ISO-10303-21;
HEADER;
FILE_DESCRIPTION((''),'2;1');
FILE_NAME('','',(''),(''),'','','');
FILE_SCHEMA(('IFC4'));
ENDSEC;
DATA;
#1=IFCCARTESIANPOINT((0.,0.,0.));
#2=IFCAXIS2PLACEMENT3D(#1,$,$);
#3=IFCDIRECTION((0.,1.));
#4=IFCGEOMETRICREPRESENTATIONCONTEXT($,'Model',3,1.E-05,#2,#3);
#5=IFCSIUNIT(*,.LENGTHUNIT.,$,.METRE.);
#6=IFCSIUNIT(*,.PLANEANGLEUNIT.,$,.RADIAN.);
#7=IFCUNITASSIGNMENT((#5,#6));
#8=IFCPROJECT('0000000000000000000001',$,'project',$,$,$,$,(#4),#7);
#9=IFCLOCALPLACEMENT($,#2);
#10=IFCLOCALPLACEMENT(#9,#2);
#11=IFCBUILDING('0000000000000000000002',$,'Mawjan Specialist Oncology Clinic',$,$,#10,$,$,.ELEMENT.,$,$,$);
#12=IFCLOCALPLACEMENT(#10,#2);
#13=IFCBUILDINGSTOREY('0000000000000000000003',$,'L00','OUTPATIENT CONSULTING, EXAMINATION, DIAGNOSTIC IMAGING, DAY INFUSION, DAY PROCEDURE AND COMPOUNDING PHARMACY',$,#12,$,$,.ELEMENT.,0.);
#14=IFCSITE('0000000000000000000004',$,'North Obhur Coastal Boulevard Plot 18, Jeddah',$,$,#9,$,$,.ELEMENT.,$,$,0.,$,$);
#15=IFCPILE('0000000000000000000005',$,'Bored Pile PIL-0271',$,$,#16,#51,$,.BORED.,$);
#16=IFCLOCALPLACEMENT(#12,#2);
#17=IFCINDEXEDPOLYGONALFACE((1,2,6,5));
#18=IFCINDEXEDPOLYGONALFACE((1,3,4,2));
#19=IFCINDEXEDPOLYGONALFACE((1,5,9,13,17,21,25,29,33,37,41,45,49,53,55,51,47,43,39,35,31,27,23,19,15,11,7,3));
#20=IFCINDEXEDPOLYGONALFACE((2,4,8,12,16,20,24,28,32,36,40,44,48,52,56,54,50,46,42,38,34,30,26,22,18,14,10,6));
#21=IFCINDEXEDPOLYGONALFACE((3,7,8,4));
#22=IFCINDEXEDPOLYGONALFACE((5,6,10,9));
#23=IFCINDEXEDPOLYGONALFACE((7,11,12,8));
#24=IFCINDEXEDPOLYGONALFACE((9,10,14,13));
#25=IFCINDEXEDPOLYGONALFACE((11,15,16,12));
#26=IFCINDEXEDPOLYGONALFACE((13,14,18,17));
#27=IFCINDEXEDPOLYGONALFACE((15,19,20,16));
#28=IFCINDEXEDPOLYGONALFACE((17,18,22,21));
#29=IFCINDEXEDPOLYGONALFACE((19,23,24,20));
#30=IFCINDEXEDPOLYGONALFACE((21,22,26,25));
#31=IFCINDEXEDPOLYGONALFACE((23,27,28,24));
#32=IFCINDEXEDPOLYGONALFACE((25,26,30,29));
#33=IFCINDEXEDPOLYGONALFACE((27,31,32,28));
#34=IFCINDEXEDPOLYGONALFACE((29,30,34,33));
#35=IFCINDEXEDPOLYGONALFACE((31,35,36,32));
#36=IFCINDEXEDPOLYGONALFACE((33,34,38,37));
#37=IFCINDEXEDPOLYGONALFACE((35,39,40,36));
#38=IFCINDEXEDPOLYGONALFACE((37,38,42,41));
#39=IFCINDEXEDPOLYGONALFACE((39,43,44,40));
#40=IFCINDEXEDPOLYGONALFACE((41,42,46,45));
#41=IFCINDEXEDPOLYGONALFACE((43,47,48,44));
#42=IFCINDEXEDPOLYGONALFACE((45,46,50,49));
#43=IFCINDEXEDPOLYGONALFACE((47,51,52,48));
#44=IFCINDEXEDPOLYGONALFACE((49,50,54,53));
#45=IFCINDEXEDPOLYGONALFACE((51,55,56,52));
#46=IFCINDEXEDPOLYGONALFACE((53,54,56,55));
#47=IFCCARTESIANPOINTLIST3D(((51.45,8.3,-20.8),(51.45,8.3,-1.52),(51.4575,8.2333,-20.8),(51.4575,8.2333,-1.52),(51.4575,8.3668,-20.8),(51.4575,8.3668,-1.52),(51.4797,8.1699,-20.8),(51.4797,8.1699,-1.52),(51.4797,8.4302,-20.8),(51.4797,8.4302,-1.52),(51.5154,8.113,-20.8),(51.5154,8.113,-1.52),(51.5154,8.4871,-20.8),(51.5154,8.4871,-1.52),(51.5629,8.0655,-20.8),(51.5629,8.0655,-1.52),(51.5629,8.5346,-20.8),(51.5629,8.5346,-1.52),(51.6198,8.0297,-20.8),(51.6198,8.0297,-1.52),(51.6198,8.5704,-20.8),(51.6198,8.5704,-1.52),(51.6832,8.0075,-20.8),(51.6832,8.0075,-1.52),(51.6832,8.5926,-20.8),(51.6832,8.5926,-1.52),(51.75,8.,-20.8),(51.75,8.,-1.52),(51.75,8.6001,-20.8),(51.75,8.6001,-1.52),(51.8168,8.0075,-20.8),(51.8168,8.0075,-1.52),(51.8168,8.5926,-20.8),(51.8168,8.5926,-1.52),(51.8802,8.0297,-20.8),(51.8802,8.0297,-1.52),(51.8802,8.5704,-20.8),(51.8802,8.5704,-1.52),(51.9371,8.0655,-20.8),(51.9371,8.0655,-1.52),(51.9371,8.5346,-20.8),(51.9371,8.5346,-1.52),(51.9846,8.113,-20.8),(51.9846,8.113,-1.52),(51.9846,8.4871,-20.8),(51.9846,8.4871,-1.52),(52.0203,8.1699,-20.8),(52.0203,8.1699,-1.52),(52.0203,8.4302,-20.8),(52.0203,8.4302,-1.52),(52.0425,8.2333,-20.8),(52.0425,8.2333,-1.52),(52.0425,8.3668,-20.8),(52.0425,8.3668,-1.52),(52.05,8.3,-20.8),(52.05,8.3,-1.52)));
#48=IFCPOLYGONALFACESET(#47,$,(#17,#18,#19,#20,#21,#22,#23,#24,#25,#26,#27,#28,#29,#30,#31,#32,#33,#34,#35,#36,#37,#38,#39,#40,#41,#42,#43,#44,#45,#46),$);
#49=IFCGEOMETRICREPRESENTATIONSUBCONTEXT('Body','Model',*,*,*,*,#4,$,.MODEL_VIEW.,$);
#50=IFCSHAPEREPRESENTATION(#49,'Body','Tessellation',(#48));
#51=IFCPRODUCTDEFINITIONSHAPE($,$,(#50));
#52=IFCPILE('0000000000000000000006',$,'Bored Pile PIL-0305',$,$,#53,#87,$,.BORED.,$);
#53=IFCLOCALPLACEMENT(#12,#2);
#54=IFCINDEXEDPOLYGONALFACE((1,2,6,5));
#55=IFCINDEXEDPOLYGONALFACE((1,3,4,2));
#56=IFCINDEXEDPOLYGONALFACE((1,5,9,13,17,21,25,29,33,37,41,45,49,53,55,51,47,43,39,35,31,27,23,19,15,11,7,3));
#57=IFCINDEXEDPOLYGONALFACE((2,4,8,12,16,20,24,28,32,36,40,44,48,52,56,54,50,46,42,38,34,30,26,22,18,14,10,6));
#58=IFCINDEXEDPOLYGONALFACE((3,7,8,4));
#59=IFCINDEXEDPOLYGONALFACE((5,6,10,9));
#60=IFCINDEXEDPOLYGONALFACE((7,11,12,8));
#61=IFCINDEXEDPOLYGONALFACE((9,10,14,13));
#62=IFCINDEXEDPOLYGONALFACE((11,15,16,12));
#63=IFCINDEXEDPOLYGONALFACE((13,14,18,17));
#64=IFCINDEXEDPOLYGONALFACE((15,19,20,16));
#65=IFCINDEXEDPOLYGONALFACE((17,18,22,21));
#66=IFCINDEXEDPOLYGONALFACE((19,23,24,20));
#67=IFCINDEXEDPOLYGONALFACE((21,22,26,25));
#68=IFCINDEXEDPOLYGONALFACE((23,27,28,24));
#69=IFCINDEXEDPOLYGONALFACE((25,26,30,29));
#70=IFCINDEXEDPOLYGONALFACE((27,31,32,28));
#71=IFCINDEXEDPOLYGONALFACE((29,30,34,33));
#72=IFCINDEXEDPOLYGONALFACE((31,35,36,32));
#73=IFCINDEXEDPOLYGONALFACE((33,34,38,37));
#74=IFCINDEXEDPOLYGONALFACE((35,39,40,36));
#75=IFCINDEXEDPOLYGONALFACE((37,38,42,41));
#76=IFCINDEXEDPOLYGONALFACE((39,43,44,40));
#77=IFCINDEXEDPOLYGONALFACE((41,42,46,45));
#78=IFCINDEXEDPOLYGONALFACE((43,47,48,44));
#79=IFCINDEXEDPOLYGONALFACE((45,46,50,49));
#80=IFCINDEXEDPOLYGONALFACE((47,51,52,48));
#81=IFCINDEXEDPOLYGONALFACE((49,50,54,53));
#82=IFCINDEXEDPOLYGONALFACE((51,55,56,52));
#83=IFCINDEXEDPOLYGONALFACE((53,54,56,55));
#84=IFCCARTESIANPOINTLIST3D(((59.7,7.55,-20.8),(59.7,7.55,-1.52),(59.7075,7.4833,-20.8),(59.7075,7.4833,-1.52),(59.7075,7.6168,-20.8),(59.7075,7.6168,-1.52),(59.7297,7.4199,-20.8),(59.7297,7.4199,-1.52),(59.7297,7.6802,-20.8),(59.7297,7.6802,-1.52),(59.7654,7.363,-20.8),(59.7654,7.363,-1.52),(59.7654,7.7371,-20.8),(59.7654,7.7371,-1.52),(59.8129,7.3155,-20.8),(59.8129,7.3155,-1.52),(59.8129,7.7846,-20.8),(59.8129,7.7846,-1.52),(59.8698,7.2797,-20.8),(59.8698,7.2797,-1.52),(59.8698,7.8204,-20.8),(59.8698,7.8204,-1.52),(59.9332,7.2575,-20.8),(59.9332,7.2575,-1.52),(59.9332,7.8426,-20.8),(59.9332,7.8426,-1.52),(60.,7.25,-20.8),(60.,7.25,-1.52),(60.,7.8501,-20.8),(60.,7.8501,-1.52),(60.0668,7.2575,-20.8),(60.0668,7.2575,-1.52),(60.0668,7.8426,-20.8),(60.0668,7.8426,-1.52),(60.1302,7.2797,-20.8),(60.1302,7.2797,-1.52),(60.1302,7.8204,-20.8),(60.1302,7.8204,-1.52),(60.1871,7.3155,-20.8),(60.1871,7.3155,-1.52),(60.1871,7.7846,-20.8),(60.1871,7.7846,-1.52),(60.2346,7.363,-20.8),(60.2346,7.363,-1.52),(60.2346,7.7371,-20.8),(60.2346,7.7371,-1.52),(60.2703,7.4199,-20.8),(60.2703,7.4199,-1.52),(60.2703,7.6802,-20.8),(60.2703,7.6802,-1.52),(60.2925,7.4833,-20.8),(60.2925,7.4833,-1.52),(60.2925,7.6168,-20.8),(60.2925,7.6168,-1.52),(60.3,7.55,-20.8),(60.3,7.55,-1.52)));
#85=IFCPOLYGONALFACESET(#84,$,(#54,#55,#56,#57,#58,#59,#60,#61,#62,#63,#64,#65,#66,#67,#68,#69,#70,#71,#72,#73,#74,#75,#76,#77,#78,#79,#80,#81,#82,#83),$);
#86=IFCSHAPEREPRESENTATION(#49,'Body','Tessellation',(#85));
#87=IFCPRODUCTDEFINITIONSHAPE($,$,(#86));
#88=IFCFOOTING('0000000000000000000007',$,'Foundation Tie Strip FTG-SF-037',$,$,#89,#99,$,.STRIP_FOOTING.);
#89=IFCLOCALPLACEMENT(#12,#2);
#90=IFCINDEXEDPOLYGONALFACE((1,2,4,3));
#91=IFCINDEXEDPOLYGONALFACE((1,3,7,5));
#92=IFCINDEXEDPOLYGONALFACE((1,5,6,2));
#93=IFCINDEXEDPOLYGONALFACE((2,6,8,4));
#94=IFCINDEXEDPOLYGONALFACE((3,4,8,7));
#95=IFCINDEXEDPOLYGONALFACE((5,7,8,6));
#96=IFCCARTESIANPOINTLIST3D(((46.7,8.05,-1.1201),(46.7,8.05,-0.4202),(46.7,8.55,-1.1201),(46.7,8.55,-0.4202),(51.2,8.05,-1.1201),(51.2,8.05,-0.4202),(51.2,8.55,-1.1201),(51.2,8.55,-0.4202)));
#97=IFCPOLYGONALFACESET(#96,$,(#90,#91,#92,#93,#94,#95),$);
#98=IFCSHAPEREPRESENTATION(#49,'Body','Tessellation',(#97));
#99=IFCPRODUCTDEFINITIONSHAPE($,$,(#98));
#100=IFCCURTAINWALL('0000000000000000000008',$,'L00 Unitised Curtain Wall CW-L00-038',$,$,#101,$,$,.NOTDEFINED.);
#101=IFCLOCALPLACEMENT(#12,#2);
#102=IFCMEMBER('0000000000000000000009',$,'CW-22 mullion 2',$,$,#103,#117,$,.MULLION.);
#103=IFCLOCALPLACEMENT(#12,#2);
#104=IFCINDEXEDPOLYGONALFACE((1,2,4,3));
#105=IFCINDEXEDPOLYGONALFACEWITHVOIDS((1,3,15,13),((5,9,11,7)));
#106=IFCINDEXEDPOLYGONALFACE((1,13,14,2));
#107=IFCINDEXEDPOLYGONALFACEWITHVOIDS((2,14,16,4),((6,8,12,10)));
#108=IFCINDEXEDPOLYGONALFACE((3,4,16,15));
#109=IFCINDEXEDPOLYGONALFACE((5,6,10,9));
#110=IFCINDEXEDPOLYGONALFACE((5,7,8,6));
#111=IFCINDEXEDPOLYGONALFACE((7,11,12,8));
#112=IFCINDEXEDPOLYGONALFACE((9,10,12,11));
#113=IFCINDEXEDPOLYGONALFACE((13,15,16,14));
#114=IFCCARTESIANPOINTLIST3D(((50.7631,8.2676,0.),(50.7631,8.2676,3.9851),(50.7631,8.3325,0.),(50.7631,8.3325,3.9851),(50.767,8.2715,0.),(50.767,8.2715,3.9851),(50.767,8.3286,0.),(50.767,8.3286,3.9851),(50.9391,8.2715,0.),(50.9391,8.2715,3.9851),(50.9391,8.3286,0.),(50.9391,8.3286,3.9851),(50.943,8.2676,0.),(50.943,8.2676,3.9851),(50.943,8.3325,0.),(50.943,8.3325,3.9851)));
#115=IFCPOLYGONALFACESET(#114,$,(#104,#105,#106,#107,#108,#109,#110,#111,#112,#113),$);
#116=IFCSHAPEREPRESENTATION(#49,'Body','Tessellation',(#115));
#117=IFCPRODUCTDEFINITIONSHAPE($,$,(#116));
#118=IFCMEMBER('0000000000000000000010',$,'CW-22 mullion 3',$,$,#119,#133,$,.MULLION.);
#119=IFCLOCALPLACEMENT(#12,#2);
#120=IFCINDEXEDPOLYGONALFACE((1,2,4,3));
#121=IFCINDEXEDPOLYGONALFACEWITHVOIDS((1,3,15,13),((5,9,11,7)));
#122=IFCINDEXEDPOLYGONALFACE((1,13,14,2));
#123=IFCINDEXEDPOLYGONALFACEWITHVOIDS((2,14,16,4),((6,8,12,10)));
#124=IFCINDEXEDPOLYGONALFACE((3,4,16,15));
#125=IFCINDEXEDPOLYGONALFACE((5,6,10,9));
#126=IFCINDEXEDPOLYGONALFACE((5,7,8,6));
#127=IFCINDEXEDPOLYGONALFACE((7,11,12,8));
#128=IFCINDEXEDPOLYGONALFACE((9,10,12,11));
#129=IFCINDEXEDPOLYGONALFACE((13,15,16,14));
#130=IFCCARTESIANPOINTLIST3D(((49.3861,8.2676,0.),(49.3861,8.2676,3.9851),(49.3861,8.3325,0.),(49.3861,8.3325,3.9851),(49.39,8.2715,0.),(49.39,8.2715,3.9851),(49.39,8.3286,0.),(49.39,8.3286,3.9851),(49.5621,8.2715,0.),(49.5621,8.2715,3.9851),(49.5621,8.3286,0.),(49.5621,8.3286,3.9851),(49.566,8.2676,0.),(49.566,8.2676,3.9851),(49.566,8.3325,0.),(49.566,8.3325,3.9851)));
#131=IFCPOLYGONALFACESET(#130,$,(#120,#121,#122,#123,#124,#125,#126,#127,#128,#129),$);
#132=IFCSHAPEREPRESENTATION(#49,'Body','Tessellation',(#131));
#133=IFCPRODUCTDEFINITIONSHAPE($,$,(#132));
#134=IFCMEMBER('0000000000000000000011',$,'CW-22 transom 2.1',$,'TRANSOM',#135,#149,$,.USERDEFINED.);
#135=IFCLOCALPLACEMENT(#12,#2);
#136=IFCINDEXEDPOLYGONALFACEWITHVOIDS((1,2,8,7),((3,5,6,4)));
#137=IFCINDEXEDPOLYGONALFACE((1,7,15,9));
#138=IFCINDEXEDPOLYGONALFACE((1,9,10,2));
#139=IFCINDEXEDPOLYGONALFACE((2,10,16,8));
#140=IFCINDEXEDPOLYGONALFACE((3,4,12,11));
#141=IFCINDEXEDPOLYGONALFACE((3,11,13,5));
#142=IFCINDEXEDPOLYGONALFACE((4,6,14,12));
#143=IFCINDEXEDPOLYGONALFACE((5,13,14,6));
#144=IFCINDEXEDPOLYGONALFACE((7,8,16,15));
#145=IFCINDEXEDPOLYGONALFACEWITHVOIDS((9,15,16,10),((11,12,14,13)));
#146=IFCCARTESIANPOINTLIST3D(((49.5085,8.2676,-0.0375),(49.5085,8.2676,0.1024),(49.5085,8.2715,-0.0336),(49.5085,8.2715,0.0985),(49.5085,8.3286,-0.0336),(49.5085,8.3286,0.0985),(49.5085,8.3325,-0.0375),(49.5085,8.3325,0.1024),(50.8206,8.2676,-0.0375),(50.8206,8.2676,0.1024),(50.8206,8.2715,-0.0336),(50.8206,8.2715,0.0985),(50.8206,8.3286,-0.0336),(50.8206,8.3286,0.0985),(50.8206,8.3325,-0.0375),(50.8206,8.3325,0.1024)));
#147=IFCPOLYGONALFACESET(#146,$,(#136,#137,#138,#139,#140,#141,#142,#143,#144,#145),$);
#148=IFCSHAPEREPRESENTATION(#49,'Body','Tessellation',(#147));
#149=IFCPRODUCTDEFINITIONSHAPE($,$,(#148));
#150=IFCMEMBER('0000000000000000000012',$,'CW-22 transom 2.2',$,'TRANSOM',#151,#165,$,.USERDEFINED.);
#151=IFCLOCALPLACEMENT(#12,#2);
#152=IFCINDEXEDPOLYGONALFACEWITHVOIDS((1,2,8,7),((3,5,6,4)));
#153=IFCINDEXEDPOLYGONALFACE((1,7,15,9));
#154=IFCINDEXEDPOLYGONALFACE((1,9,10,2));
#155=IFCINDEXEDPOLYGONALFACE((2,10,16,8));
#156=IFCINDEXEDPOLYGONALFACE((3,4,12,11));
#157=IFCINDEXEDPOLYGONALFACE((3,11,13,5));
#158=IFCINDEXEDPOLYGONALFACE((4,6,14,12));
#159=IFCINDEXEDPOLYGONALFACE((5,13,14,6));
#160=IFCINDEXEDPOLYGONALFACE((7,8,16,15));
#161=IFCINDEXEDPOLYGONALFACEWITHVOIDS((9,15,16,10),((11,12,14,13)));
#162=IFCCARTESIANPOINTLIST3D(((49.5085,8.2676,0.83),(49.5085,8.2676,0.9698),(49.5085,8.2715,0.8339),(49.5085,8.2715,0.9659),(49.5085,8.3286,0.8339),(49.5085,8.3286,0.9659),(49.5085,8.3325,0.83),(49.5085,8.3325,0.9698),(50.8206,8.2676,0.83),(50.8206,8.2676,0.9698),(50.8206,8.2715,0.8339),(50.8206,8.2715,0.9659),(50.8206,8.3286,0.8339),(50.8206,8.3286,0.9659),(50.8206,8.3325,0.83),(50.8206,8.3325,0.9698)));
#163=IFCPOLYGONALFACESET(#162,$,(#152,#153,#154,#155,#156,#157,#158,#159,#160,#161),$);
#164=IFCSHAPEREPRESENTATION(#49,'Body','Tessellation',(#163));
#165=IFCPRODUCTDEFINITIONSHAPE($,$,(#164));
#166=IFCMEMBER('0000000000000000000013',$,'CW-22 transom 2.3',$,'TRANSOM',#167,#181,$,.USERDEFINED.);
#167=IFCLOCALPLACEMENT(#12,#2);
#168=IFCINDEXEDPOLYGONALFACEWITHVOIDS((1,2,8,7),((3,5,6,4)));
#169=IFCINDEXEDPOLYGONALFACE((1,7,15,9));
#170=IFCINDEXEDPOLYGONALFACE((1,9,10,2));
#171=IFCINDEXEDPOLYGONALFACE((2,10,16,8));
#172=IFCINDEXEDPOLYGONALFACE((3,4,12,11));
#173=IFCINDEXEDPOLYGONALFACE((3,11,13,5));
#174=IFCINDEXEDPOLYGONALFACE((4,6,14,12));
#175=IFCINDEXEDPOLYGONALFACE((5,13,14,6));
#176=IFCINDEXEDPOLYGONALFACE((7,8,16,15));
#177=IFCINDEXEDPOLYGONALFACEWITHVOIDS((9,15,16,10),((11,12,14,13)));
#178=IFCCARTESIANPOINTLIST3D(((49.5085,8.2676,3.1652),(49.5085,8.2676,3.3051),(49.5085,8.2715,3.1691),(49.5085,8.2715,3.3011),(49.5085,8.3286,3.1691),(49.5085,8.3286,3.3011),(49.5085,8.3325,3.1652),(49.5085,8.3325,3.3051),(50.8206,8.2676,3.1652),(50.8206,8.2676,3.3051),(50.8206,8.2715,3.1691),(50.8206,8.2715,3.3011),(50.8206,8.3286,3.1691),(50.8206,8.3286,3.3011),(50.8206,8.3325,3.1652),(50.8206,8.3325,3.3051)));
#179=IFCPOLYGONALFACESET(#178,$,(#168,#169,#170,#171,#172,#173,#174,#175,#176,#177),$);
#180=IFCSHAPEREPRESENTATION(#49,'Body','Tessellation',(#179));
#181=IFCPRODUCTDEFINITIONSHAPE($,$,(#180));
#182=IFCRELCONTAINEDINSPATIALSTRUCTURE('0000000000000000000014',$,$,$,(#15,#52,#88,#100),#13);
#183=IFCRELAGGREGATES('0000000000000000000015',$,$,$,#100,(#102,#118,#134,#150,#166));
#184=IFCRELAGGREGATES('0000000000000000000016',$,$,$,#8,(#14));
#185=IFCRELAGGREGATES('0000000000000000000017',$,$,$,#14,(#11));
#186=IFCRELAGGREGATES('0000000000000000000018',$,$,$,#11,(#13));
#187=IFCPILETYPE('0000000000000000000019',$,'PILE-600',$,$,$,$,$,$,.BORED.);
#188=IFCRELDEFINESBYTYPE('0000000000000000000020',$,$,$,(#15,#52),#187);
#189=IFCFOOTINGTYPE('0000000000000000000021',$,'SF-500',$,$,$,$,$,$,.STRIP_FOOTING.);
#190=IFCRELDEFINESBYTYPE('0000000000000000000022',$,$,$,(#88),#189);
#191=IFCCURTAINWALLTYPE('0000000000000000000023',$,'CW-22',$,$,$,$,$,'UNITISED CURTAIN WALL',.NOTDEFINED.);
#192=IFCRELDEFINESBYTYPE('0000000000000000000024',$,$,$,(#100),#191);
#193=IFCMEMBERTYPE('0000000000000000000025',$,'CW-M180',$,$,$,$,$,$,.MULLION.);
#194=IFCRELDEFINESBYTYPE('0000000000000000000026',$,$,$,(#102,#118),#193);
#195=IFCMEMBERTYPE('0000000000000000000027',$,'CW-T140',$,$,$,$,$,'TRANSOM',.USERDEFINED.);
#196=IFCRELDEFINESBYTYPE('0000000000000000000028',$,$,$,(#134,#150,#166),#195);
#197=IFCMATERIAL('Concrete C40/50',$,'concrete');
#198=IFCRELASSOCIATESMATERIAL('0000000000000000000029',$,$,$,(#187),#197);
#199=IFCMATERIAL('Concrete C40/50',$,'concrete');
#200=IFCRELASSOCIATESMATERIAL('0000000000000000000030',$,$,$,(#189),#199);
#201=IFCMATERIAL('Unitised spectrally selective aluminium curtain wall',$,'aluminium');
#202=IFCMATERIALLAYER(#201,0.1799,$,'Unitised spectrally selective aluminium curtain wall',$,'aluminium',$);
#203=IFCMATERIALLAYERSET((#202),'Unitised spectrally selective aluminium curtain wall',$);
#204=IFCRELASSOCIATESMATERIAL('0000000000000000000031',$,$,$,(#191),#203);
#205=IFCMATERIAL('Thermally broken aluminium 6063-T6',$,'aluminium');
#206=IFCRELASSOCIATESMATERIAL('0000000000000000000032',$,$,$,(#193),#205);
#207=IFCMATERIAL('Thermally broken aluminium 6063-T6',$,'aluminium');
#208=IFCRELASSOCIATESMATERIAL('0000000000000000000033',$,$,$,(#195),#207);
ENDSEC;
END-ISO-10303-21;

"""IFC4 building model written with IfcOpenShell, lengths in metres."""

from ifc_helpers import new_model, si_unit, direction, frame, origin, origin_2d, place, context, subcontext, project, spatial, rectangle, hollow_rectangle, circle, extrude, material, layer, layer_set, material_profile, profile_set, type_object, element, aggregate, save


model = new_model("IFC4")

# Units and contexts
model_context = context("Model", 3, precision=1e-05, world=origin(), true_north=direction((0.0, 1.0)))
body_context = subcontext(model_context, "Body", "Model", "MODEL_VIEW")
ifc_project = project(units=[si_unit("LENGTHUNIT", "METRE"), si_unit("PLANEANGLEUNIT", "RADIAN")], contexts=[model_context])

# Site, building, storey
site_placement = place(None, origin())
site = spatial("IfcSite", under=ifc_project, at=site_placement, Name="North Obhur Coastal Boulevard Plot 18, Jeddah", CompositionType="ELEMENT", RefElevation=0.0)
building_placement = place(site_placement, origin())
building = spatial("IfcBuilding", under=site, at=building_placement, Name="Mawjan Specialist Oncology Clinic", CompositionType="ELEMENT")
storey_placement = place(building_placement, origin())
storey = spatial("IfcBuildingStorey", under=building, at=storey_placement, Name="L00", Description="OUTPATIENT CONSULTING, EXAMINATION, DIAGNOSTIC IMAGING, DAY INFUSION, DAY PROCEDURE AND COMPOUNDING PHARMACY", CompositionType="ELEMENT", Elevation=0.0)

# Piles
ifc_material_1 = material(Name="Concrete C40/50", Category="concrete")
ifc_material_profile_1 = material_profile(ifc_material_1, circle(Radius=0.3, at=origin_2d()), Name="BORED PILE D600", Category="concrete")
ifc_profile_set_1 = profile_set([ifc_material_profile_1], Name="Concrete C40/50")
pile_type = type_object("IfcPileType", Name="PILE-600", PredefinedType="BORED", material=ifc_profile_set_1)
for number, where, z_axis, x_axis, name in (
    (1, (51.75, 8.3, -1.52), (0.0, 0.0, -1.0), (1.0, 0.0, 0.0), "Bored Pile PIL-0271"),
    (2, (60.0, 7.55, -1.52), (0.0, 0.0, -1.0), (1.0, 0.0, 0.0), "Bored Pile PIL-0305"),
):
    element("IfcPile", number, at=place(storey_placement, frame(where, z_axis=z_axis, x_axis=x_axis)), inside=storey, type_object=pile_type, Name=name, PredefinedType="BORED", context=body_context, shape_type="SweptSolid", body=[
        extrude(circle(Radius=0.3, at=origin_2d()), origin(), (0.0, 0.0, 1.0), 19.28),
    ])

# Footing
ifc_material_2 = material(Name="Concrete C40/50", Category="concrete")
footing_type = type_object("IfcFootingType", Name="SF-500", PredefinedType="STRIP_FOOTING", material=ifc_material_2)
footing_placement = place(storey_placement, frame((48.95, 8.3, -1.1201), z_axis=(0.0, 0.0, 1.0), x_axis=(1.0, 0.0, 0.0)))
element("IfcFooting", 3, at=footing_placement, inside=storey, type_object=footing_type, Name="Foundation Tie Strip FTG-SF-037", PredefinedType="STRIP_FOOTING", context=body_context, shape_type="SweptSolid", body=[
    extrude(rectangle(XDim=4.5, YDim=0.5, at=origin_2d()), origin(), (0.0, 0.0, 1.0), 0.7),
])

# Curtain wall, members
ifc_material_3 = material(Name="Unitised spectrally selective aluminium curtain wall", Category="aluminium")
ifc_layer_1 = layer(ifc_material_3, 0.1799, Name="Unitised spectrally selective aluminium curtain wall", Category="aluminium")
ifc_layer_set_1 = layer_set([ifc_layer_1], Name="Unitised spectrally selective aluminium curtain wall")
curtain_wall_type = type_object("IfcCurtainWallType", Name="CW-22", ElementType="UNITISED CURTAIN WALL", PredefinedType="NOTDEFINED", material=ifc_layer_set_1)
curtain_wall_placement = place(storey_placement, origin())
curtain_wall = element("IfcCurtainWall", 4, at=curtain_wall_placement, inside=storey, type_object=curtain_wall_type, Name="L00 Unitised Curtain Wall CW-L00-038", PredefinedType="NOTDEFINED")
ifc_material_4 = material(Name="Thermally broken aluminium 6063-T6", Category="aluminium")
ifc_material_profile_2 = material_profile(ifc_material_4, hollow_rectangle(XDim=0.0649, YDim=0.1799, WallThickness=0.0039, at=origin_2d()), Name="ALU MULLION 180x65x4", Category="aluminium")
ifc_profile_set_2 = profile_set([ifc_material_profile_2], Name="Thermally broken aluminium 6063-T6")
member_type_1 = type_object("IfcMemberType", Name="CW-M180", PredefinedType="MULLION", material=ifc_profile_set_2)
member_1_placement = place(storey_placement, frame((50.853, 8.3, 0.0), z_axis=(0.0, 0.0, 1.0), x_axis=(0.0, -1.0, 0.0)))
member_1 = element("IfcMember", 5, at=member_1_placement, type_object=member_type_1, Name="CW-22 mullion 2", PredefinedType="MULLION", context=body_context, shape_type="SweptSolid", body=[
    extrude(hollow_rectangle(XDim=0.0649, YDim=0.1799, WallThickness=0.0039, at=origin_2d()), origin(), (0.0, 0.0, 1.0), 3.9851),
])
member_2_placement = place(storey_placement, frame((49.4761, 8.3, 0.0), z_axis=(0.0, 0.0, 1.0), x_axis=(0.0, -1.0, 0.0)))
member_2 = element("IfcMember", 6, at=member_2_placement, type_object=member_type_1, Name="CW-22 mullion 3", PredefinedType="MULLION", context=body_context, shape_type="SweptSolid", body=[
    extrude(hollow_rectangle(XDim=0.0649, YDim=0.1799, WallThickness=0.0039, at=origin_2d()), origin(), (0.0, 0.0, 1.0), 3.9851),
])
ifc_material_5 = material(Name="Thermally broken aluminium 6063-T6", Category="aluminium")
ifc_material_profile_3 = material_profile(ifc_material_5, hollow_rectangle(XDim=0.0649, YDim=0.1399, WallThickness=0.0039, at=origin_2d()), Name="ALU TRANSOM 140x65x4", Category="aluminium")
ifc_profile_set_3 = profile_set([ifc_material_profile_3], Name="Thermally broken aluminium 6063-T6")
member_type_2 = type_object("IfcMemberType", Name="CW-T140", ElementType="TRANSOM", PredefinedType="USERDEFINED", material=ifc_profile_set_3)
member_3_placement = place(storey_placement, frame((50.8206, 8.3, 0.0325), z_axis=(-1.0, 0.0, 0.0), x_axis=(0.0, -1.0, 0.0)))
member_3 = element("IfcMember", 7, at=member_3_placement, type_object=member_type_2, Name="CW-22 transom 2.1", ObjectType="TRANSOM", PredefinedType="USERDEFINED", context=body_context, shape_type="SweptSolid", body=[
    extrude(hollow_rectangle(XDim=0.0649, YDim=0.1399, WallThickness=0.0039, at=origin_2d()), origin(), (0.0, 0.0, 1.0), 1.312),
])
member_4_placement = place(storey_placement, frame((50.8206, 8.3, 0.8999), z_axis=(-1.0, 0.0, 0.0), x_axis=(0.0, -1.0, 0.0)))
member_4 = element("IfcMember", 8, at=member_4_placement, type_object=member_type_2, Name="CW-22 transom 2.2", ObjectType="TRANSOM", PredefinedType="USERDEFINED", context=body_context, shape_type="SweptSolid", body=[
    extrude(hollow_rectangle(XDim=0.0649, YDim=0.1399, WallThickness=0.0039, at=origin_2d()), origin(), (0.0, 0.0, 1.0), 1.312),
])
member_5_placement = place(storey_placement, frame((50.8206, 8.3, 3.2351), z_axis=(-1.0, 0.0, 0.0), x_axis=(0.0, -1.0, 0.0)))
member_5 = element("IfcMember", 9, at=member_5_placement, type_object=member_type_2, Name="CW-22 transom 2.3", ObjectType="TRANSOM", PredefinedType="USERDEFINED", context=body_context, shape_type="SweptSolid", body=[
    extrude(hollow_rectangle(XDim=0.0649, YDim=0.1399, WallThickness=0.0039, at=origin_2d()), origin(), (0.0, 0.0, 1.0), 1.312),
])
aggregate(curtain_wall, [member_1, member_2, member_3, member_4, member_5])

save(model, "model.ifc")
